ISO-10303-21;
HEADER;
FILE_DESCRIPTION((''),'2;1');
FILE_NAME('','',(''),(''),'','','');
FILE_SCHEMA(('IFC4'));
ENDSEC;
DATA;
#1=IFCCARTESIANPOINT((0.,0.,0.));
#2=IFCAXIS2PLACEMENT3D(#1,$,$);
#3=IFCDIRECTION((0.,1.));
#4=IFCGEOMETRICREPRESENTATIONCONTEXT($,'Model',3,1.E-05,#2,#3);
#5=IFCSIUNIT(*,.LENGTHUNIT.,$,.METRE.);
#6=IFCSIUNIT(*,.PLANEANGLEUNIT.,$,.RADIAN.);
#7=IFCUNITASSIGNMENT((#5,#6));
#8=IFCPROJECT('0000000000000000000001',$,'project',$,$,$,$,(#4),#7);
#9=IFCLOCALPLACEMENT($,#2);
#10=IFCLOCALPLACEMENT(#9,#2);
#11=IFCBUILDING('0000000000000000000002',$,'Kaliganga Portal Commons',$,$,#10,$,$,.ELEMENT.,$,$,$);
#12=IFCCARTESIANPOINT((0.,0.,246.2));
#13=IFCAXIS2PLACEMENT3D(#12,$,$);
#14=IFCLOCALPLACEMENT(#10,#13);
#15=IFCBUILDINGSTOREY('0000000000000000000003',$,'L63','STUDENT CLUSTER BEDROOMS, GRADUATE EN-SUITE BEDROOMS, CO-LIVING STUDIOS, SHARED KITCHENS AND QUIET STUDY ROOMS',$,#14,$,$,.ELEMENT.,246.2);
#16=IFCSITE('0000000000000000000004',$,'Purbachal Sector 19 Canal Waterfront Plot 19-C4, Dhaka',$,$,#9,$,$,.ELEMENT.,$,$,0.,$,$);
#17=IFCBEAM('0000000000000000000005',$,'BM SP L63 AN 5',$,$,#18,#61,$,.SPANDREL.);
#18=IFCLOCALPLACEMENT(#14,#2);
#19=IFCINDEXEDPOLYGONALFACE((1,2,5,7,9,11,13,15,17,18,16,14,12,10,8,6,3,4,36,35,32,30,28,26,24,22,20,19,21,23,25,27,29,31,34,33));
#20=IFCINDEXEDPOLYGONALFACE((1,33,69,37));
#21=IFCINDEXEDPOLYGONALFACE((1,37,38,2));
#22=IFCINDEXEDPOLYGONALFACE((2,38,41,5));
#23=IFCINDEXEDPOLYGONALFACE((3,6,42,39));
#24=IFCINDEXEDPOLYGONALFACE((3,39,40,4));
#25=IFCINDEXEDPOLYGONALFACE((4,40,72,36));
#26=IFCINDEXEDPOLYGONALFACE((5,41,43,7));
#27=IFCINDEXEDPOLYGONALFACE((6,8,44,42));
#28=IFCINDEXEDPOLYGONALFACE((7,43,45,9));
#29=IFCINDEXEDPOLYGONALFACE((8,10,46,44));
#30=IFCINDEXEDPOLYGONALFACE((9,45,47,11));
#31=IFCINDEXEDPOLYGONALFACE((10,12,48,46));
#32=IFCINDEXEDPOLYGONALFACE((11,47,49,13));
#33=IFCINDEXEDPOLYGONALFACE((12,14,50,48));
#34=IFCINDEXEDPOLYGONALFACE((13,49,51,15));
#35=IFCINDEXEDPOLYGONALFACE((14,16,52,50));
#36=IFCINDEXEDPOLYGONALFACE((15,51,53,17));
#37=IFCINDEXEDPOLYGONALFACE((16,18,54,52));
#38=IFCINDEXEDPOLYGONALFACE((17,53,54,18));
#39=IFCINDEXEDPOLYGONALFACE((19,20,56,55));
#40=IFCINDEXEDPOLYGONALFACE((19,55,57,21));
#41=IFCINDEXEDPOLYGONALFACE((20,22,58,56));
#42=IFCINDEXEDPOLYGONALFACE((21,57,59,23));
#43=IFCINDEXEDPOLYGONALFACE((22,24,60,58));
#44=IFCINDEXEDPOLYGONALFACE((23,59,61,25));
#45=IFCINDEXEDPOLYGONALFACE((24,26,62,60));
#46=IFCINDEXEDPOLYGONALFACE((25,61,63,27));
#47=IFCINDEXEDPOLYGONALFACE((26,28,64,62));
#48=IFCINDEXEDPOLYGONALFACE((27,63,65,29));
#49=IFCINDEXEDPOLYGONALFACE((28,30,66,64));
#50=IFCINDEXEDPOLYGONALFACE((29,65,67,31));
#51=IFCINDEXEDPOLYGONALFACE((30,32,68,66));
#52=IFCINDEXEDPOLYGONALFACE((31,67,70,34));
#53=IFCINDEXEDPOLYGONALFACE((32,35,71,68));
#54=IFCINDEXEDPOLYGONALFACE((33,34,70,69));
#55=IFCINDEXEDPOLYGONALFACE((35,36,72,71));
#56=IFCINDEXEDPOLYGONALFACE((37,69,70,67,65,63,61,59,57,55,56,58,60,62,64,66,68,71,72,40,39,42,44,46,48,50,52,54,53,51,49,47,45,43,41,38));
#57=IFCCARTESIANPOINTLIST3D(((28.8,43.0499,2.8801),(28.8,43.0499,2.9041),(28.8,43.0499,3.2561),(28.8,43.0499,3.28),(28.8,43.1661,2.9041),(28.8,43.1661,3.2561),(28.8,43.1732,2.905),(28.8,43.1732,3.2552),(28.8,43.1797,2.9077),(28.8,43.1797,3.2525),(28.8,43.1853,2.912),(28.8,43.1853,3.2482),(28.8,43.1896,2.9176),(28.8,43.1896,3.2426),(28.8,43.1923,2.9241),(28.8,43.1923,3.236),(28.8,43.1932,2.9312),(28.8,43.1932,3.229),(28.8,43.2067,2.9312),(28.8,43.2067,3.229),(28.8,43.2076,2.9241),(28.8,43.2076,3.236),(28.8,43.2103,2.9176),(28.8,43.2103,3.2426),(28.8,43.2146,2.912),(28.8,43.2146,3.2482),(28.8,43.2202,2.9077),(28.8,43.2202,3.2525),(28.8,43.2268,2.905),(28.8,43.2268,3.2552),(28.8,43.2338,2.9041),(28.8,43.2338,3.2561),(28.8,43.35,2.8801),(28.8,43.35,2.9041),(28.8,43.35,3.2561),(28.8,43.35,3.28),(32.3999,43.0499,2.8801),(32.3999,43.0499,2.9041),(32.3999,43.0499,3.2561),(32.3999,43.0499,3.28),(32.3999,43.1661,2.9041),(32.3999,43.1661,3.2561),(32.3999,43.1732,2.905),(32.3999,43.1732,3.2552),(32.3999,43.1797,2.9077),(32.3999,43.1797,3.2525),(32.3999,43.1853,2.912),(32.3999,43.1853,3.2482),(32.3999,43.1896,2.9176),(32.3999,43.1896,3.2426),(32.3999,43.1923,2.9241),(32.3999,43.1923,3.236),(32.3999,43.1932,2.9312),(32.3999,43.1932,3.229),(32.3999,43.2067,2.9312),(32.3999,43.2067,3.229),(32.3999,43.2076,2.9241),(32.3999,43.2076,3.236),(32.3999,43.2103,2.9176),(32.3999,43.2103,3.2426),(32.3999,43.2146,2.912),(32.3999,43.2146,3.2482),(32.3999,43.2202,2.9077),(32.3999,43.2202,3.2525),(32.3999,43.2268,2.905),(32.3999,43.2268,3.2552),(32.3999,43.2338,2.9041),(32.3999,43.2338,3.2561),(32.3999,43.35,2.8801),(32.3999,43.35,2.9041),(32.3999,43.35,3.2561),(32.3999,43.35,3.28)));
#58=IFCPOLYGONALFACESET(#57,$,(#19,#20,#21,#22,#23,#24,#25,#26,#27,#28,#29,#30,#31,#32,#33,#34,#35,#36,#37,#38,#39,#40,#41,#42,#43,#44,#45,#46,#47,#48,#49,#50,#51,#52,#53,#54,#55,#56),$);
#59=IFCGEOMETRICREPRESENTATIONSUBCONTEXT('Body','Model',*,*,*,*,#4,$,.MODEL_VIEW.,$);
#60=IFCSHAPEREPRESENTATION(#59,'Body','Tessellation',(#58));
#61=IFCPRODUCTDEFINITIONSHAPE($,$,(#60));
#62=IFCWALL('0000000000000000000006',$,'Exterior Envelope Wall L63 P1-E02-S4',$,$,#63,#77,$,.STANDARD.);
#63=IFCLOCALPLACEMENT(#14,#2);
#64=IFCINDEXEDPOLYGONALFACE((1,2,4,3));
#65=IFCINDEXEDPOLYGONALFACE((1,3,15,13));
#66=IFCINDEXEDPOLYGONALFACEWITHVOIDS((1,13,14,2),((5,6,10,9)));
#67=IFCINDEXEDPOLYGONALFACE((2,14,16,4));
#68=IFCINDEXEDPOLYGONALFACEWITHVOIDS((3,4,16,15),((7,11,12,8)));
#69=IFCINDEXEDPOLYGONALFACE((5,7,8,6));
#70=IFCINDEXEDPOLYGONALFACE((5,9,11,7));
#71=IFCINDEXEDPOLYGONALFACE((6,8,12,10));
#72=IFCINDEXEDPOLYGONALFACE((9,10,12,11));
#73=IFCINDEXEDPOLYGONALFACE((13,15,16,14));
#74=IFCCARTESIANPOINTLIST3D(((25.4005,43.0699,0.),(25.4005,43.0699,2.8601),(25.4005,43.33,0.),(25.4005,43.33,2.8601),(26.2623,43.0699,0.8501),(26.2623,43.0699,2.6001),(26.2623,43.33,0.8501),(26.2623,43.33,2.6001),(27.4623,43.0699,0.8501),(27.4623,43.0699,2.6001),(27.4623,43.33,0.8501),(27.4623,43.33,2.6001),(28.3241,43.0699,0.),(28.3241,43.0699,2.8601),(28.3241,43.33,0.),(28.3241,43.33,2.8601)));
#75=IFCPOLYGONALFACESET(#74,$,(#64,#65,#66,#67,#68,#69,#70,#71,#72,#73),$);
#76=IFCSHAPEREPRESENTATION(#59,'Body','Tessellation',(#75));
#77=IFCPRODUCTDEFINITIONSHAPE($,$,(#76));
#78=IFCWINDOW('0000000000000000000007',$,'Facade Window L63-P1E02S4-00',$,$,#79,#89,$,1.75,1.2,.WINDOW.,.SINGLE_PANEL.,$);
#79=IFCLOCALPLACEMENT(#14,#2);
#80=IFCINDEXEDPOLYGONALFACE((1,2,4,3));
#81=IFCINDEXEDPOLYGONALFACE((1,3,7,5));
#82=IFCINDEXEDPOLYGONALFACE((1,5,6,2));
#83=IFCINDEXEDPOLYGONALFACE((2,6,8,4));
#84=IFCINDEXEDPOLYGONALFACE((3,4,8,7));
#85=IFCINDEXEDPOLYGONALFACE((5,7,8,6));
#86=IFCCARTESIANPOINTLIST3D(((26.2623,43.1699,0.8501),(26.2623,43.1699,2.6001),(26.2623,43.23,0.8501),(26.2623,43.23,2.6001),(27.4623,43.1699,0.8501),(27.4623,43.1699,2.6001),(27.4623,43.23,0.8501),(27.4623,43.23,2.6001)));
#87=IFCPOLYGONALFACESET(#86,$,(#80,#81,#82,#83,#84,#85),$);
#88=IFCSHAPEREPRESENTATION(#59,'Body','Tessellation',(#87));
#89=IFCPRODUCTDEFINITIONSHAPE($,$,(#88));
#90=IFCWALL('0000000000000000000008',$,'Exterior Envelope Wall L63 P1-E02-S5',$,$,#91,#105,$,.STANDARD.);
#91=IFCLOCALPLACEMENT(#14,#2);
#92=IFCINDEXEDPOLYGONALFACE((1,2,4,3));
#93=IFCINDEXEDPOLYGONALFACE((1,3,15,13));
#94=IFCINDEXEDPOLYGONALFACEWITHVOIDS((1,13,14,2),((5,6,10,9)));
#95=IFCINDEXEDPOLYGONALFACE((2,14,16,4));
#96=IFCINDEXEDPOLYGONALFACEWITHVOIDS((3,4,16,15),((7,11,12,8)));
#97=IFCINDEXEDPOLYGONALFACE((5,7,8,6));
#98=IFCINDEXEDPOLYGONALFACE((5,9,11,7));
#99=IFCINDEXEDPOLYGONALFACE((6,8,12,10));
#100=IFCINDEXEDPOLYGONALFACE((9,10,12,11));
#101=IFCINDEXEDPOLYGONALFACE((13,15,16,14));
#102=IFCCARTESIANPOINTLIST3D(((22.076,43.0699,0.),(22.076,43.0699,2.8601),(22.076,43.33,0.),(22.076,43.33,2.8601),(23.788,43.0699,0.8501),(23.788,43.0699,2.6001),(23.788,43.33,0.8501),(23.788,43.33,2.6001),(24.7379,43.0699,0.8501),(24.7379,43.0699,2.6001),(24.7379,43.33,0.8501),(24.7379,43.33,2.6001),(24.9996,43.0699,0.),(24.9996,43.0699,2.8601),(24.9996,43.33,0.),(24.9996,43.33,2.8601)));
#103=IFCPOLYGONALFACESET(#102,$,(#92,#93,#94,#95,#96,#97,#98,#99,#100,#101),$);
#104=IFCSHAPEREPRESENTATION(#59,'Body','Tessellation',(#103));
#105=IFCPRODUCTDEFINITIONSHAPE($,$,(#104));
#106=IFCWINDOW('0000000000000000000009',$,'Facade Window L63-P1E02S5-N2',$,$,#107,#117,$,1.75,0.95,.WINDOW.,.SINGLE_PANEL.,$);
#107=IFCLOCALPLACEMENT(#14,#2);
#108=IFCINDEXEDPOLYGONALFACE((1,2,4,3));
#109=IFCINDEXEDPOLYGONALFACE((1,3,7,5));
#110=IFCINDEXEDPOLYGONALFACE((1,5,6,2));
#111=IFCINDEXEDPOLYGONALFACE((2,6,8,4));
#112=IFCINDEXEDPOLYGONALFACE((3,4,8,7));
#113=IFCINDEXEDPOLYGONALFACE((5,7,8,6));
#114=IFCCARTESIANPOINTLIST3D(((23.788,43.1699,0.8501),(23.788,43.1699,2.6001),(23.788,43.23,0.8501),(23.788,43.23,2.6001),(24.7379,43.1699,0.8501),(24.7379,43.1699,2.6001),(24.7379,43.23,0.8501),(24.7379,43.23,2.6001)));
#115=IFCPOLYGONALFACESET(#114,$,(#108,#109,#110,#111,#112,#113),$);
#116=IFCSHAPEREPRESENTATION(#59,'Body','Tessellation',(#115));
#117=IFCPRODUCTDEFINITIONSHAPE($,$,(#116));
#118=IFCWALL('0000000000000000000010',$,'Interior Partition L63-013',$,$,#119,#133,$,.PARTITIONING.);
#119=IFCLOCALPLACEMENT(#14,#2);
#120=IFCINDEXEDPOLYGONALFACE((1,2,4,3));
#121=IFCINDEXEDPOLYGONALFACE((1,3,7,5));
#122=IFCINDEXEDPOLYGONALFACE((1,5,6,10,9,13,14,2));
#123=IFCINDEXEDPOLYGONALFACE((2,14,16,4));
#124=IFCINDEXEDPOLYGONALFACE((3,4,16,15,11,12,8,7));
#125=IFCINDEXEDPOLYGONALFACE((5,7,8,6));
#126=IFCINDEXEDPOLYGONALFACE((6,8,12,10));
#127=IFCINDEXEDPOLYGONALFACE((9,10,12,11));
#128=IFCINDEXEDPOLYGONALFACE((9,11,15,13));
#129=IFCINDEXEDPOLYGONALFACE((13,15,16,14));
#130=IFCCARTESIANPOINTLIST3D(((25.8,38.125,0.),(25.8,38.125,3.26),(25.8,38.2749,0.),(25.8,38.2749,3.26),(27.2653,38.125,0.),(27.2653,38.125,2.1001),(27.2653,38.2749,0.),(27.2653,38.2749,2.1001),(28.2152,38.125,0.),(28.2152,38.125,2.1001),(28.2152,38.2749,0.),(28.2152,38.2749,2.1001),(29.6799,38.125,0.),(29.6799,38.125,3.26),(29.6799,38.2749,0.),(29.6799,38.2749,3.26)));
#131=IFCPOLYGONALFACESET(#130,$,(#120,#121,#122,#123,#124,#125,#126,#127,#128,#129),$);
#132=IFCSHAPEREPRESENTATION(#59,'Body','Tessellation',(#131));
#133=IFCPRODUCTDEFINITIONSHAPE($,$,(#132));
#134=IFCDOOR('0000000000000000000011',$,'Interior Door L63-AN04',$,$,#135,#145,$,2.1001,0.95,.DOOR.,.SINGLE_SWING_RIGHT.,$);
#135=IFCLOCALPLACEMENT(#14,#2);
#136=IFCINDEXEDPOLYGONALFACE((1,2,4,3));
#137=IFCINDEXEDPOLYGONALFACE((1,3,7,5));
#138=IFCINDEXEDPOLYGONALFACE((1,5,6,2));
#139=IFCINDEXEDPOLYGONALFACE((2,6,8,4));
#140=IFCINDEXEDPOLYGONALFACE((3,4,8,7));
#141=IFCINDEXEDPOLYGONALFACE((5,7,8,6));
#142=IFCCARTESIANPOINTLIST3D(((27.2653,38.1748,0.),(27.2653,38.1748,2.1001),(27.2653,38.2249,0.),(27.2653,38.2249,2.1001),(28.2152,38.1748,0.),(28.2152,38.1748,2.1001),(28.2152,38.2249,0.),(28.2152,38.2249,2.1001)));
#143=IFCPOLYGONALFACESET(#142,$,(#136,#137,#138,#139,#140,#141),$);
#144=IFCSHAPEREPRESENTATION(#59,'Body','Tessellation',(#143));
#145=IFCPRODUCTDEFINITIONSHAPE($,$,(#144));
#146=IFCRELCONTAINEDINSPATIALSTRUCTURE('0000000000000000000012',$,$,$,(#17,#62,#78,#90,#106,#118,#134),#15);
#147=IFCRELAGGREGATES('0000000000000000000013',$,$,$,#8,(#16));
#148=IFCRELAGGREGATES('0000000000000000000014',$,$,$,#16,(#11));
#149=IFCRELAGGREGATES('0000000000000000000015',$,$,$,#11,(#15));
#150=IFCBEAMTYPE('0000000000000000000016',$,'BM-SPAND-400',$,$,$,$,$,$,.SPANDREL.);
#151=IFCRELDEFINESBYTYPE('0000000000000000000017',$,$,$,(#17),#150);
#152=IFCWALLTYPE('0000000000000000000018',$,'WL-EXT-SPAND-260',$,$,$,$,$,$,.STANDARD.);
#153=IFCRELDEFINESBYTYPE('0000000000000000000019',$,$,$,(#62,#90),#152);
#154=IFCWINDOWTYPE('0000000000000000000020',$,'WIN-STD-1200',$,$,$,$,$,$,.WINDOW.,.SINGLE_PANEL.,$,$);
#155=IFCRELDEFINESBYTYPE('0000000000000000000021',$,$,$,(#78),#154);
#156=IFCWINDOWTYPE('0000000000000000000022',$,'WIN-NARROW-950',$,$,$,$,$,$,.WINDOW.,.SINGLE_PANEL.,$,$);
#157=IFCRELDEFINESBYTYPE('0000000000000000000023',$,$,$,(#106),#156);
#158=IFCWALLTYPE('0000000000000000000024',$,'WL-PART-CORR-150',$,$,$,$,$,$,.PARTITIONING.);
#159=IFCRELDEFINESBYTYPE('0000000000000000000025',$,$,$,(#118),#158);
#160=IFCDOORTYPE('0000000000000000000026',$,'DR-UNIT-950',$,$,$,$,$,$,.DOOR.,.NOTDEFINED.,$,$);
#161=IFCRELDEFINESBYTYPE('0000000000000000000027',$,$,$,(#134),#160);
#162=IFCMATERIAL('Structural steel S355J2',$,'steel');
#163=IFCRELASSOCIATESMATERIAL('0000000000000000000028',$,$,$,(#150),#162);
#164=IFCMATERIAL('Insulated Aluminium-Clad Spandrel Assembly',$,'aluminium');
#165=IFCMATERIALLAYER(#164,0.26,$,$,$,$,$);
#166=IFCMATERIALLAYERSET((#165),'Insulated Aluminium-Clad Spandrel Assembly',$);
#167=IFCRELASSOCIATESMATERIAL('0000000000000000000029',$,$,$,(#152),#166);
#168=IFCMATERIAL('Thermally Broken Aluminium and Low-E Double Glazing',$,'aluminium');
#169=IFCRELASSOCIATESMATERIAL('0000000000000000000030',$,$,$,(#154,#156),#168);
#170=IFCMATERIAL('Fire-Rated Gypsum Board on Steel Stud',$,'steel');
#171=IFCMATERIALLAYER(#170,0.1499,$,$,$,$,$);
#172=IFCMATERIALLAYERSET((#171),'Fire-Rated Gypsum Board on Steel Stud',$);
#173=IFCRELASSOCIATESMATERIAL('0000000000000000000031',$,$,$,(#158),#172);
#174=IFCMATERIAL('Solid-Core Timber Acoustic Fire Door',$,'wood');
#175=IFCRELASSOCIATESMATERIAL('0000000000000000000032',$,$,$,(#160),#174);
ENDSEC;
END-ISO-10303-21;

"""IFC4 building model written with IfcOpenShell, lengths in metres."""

from ifc_helpers import new_model, si_unit, direction, frame, frame_2d, origin, origin_2d, place, context, subcontext, project, spatial, rectangle, i_section, extrude, source, transform, mapped, material, layer, layer_set, material_profile, profile_set, type_object, element, fill, save


model = new_model("IFC4")

# Units and contexts
model_context = context("Model", 3, precision=1e-05, world=origin(), true_north=direction((0.0, 1.0)))
body_context = subcontext(model_context, "Body", "Model", "MODEL_VIEW")
ifc_project = project(units=[si_unit("LENGTHUNIT", "METRE"), si_unit("PLANEANGLEUNIT", "RADIAN")], contexts=[model_context])

# Site, building, storey
site_placement = place(None, origin())
site = spatial("IfcSite", under=ifc_project, at=site_placement, Name="Purbachal Sector 19 Canal Waterfront Plot 19-C4, Dhaka", CompositionType="ELEMENT", RefElevation=0.0)
building_placement = place(site_placement, origin())
building = spatial("IfcBuilding", under=site, at=building_placement, Name="Kaliganga Portal Commons", CompositionType="ELEMENT")
storey_placement = place(building_placement, frame((0.0, 0.0, 246.2)))
storey = spatial("IfcBuildingStorey", under=building, at=storey_placement, Name="L63", Description="STUDENT CLUSTER BEDROOMS, GRADUATE EN-SUITE BEDROOMS, CO-LIVING STUDIOS, SHARED KITCHENS AND QUIET STUDY ROOMS", CompositionType="ELEMENT", Elevation=246.2)

# Shared definitions
ifc_material_1 = material(Name="Structural steel S355J2", Category="steel")

# Beam
ifc_material_profile_1 = material_profile(ifc_material_1, i_section(OverallWidth=0.3, OverallDepth=0.3999, WebThickness=0.0134, FlangeThickness=0.0239, FilletRadius=0.0271, at=origin_2d()), Name="HE 400 B")
ifc_profile_set_1 = profile_set([ifc_material_profile_1], Name="Structural steel S355J2 wide-flange")
beam_type = type_object("IfcBeamType", Name="BM-SPAND-400", PredefinedType="SPANDREL", material=ifc_profile_set_1)
shared_shape_1 = source(origin(), body_context, "Body", "SweptSolid", [
    extrude(i_section(OverallWidth=0.3, OverallDepth=0.3999, WebThickness=0.0134, FlangeThickness=0.0239, FilletRadius=0.0271, at=origin_2d()), origin(), (0.0, 0.0, 1.0), 3.5999),
])
for number, where, z_axis, x_axis, name in (
    (1, (28.8, 43.2, 3.0801), (1.0, 0.0, 0.0), (0.0, 1.0, 0.0), "BM SP L63 AN 5"),
):
    element("IfcBeam", number, at=place(storey_placement, frame(where, z_axis=z_axis, x_axis=x_axis)), inside=storey, type_object=beam_type, Name=name, PredefinedType="SPANDREL", context=body_context, shape_type="MappedRepresentation", body=[
        mapped(shared_shape_1, transform((0.0, 0.0, 0.0), x_axis=(1.0, 0.0, 0.0), y_axis=(0.0, 1.0, 0.0), z_axis=(0.0, 0.0, 1.0), scale=1.0)),
    ])

# Walls, openings, windows
ifc_material_2 = material(Name="Insulated Aluminium-Clad Spandrel Assembly", Category="aluminium")
ifc_layer_1 = layer(ifc_material_2, 0.26)
ifc_layer_set_1 = layer_set([ifc_layer_1], Name="Insulated Aluminium-Clad Spandrel Assembly")
wall_type_1 = type_object("IfcWallType", Name="WL-EXT-SPAND-260", PredefinedType="STANDARD", material=ifc_layer_set_1)
wall_1_placement = place(storey_placement, frame((25.4004, 43.2, 0.0), z_axis=(0.0, 0.0, 1.0), x_axis=(1.0, 0.0, 0.0)))
wall_1 = element("IfcWall", 2, at=wall_1_placement, inside=storey, type_object=wall_type_1, Name="Exterior Envelope Wall L63 P1-E02-S4", PredefinedType="STANDARD", context=body_context, shape_type="SweptSolid", body=[
    extrude(rectangle(XDim=2.9236, YDim=0.26, at=frame_2d((1.4619, 0.0))), origin(), (0.0, 0.0, 1.0), 2.8601),
])
opening_1_placement = place(wall_1_placement, frame((0.8618, 0.0, 0.8501)))
opening_1 = element("IfcOpeningElement", 3, at=opening_1_placement, cuts=wall_1, PredefinedType="OPENING", context=body_context, shape_type="SweptSolid", body=[
    extrude(rectangle(XDim=1.2, YDim=1.75, at=frame_2d((0.6001, 0.875))), frame((0.0, 0.1401, 0.0), z_axis=(0.0, -1.0, 0.0), x_axis=(1.0, 0.0, 0.0)), (0.0, 0.0, 1.0), 0.28),
])
ifc_material_3 = material(Name="Thermally Broken Aluminium and Low-E Double Glazing", Category="aluminium")
window_type_1 = type_object("IfcWindowType", Name="WIN-STD-1200", PartitioningType="SINGLE_PANEL", PredefinedType="WINDOW", material=ifc_material_3)
window_1_placement = place(opening_1_placement, origin())
window_1 = element("IfcWindow", 4, at=window_1_placement, inside=storey, type_object=window_type_1, Name="Facade Window L63-P1E02S4-00", OverallHeight=1.75, OverallWidth=1.2, PartitioningType="SINGLE_PANEL", PredefinedType="WINDOW", context=body_context, shape_type="SweptSolid", body=[
    extrude(rectangle(XDim=1.2, YDim=1.75, at=frame_2d((0.6001, 0.875))), frame((0.0, 0.03, 0.0), z_axis=(0.0, -1.0, 0.0), x_axis=(1.0, 0.0, 0.0)), (0.0, 0.0, 1.0), 0.0601),
])
fill(opening_1, window_1)
wall_2_placement = place(storey_placement, frame((22.0759, 43.2, 0.0), z_axis=(0.0, 0.0, 1.0), x_axis=(1.0, 0.0, 0.0)))
wall_2 = element("IfcWall", 5, at=wall_2_placement, inside=storey, type_object=wall_type_1, Name="Exterior Envelope Wall L63 P1-E02-S5", PredefinedType="STANDARD", context=body_context, shape_type="SweptSolid", body=[
    extrude(rectangle(XDim=2.9236, YDim=0.26, at=frame_2d((1.4619, 0.0))), origin(), (0.0, 0.0, 1.0), 2.8601),
])
opening_2_placement = place(wall_2_placement, frame((1.7119, 0.0, 0.8501)))
opening_2 = element("IfcOpeningElement", 6, at=opening_2_placement, cuts=wall_2, PredefinedType="OPENING", context=body_context, shape_type="SweptSolid", body=[
    extrude(rectangle(XDim=0.95, YDim=1.75, at=frame_2d((0.4751, 0.875))), frame((0.0, 0.1401, 0.0), z_axis=(0.0, -1.0, 0.0), x_axis=(1.0, 0.0, 0.0)), (0.0, 0.0, 1.0), 0.28),
])
window_type_2 = type_object("IfcWindowType", Name="WIN-NARROW-950", PartitioningType="SINGLE_PANEL", PredefinedType="WINDOW", material=ifc_material_3)
window_2_placement = place(opening_2_placement, origin())
window_2 = element("IfcWindow", 7, at=window_2_placement, inside=storey, type_object=window_type_2, Name="Facade Window L63-P1E02S5-N2", OverallHeight=1.75, OverallWidth=0.95, PartitioningType="SINGLE_PANEL", PredefinedType="WINDOW", context=body_context, shape_type="SweptSolid", body=[
    extrude(rectangle(XDim=0.95, YDim=1.75, at=frame_2d((0.4751, 0.875))), frame((0.0, 0.03, 0.0), z_axis=(0.0, -1.0, 0.0), x_axis=(1.0, 0.0, 0.0)), (0.0, 0.0, 1.0), 0.0601),
])
fill(opening_2, window_2)

# Wall, opening, door
ifc_material_4 = material(Name="Fire-Rated Gypsum Board on Steel Stud", Category="steel")
ifc_layer_2 = layer(ifc_material_4, 0.1499)
ifc_layer_set_2 = layer_set([ifc_layer_2], Name="Fire-Rated Gypsum Board on Steel Stud")
wall_type_2 = type_object("IfcWallType", Name="WL-PART-CORR-150", PredefinedType="PARTITIONING", material=ifc_layer_set_2)
wall_3_placement = place(storey_placement, frame((25.8, 38.2, 0.0), z_axis=(0.0, 0.0, 1.0), x_axis=(1.0, 0.0, 0.0)))
wall_3 = element("IfcWall", 8, at=wall_3_placement, inside=storey, type_object=wall_type_2, Name="Interior Partition L63-013", PredefinedType="PARTITIONING", context=body_context, shape_type="SweptSolid", body=[
    extrude(rectangle(XDim=3.8799, YDim=0.1499, at=frame_2d((1.9399, 0.0))), origin(), (0.0, 0.0, 1.0), 3.26),
])
opening_3_placement = place(wall_3_placement, frame((1.4651, 0.0, 0.0)))
opening_3 = element("IfcOpeningElement", 9, at=opening_3_placement, cuts=wall_3, PredefinedType="OPENING", context=body_context, shape_type="SweptSolid", body=[
    extrude(rectangle(XDim=0.95, YDim=2.1001, at=frame_2d((0.4751, 1.05))), frame((0.0, 0.085, 0.0), z_axis=(0.0, -1.0, 0.0), x_axis=(1.0, 0.0, 0.0)), (0.0, 0.0, 1.0), 0.1699),
])
ifc_material_5 = material(Name="Solid-Core Timber Acoustic Fire Door", Category="wood")
door_type_1 = type_object("IfcDoorType", Name="DR-UNIT-950", OperationType="NOTDEFINED", PredefinedType="DOOR", material=ifc_material_5)
door_1_placement = place(opening_3_placement, origin())
door_1 = element("IfcDoor", 10, at=door_1_placement, inside=storey, type_object=door_type_1, Name="Interior Door L63-AN04", OperationType="SINGLE_SWING_RIGHT", OverallHeight=2.1001, OverallWidth=0.95, PredefinedType="DOOR", context=body_context, shape_type="SweptSolid", body=[
    extrude(rectangle(XDim=0.95, YDim=2.1001, at=frame_2d((0.4751, 1.05))), frame((0.0, 0.0249, 0.0), z_axis=(0.0, -1.0, 0.0), x_axis=(1.0, 0.0, 0.0)), (0.0, 0.0, 1.0), 0.05),
])
fill(opening_3, door_1)

save(model, "model.ifc")
